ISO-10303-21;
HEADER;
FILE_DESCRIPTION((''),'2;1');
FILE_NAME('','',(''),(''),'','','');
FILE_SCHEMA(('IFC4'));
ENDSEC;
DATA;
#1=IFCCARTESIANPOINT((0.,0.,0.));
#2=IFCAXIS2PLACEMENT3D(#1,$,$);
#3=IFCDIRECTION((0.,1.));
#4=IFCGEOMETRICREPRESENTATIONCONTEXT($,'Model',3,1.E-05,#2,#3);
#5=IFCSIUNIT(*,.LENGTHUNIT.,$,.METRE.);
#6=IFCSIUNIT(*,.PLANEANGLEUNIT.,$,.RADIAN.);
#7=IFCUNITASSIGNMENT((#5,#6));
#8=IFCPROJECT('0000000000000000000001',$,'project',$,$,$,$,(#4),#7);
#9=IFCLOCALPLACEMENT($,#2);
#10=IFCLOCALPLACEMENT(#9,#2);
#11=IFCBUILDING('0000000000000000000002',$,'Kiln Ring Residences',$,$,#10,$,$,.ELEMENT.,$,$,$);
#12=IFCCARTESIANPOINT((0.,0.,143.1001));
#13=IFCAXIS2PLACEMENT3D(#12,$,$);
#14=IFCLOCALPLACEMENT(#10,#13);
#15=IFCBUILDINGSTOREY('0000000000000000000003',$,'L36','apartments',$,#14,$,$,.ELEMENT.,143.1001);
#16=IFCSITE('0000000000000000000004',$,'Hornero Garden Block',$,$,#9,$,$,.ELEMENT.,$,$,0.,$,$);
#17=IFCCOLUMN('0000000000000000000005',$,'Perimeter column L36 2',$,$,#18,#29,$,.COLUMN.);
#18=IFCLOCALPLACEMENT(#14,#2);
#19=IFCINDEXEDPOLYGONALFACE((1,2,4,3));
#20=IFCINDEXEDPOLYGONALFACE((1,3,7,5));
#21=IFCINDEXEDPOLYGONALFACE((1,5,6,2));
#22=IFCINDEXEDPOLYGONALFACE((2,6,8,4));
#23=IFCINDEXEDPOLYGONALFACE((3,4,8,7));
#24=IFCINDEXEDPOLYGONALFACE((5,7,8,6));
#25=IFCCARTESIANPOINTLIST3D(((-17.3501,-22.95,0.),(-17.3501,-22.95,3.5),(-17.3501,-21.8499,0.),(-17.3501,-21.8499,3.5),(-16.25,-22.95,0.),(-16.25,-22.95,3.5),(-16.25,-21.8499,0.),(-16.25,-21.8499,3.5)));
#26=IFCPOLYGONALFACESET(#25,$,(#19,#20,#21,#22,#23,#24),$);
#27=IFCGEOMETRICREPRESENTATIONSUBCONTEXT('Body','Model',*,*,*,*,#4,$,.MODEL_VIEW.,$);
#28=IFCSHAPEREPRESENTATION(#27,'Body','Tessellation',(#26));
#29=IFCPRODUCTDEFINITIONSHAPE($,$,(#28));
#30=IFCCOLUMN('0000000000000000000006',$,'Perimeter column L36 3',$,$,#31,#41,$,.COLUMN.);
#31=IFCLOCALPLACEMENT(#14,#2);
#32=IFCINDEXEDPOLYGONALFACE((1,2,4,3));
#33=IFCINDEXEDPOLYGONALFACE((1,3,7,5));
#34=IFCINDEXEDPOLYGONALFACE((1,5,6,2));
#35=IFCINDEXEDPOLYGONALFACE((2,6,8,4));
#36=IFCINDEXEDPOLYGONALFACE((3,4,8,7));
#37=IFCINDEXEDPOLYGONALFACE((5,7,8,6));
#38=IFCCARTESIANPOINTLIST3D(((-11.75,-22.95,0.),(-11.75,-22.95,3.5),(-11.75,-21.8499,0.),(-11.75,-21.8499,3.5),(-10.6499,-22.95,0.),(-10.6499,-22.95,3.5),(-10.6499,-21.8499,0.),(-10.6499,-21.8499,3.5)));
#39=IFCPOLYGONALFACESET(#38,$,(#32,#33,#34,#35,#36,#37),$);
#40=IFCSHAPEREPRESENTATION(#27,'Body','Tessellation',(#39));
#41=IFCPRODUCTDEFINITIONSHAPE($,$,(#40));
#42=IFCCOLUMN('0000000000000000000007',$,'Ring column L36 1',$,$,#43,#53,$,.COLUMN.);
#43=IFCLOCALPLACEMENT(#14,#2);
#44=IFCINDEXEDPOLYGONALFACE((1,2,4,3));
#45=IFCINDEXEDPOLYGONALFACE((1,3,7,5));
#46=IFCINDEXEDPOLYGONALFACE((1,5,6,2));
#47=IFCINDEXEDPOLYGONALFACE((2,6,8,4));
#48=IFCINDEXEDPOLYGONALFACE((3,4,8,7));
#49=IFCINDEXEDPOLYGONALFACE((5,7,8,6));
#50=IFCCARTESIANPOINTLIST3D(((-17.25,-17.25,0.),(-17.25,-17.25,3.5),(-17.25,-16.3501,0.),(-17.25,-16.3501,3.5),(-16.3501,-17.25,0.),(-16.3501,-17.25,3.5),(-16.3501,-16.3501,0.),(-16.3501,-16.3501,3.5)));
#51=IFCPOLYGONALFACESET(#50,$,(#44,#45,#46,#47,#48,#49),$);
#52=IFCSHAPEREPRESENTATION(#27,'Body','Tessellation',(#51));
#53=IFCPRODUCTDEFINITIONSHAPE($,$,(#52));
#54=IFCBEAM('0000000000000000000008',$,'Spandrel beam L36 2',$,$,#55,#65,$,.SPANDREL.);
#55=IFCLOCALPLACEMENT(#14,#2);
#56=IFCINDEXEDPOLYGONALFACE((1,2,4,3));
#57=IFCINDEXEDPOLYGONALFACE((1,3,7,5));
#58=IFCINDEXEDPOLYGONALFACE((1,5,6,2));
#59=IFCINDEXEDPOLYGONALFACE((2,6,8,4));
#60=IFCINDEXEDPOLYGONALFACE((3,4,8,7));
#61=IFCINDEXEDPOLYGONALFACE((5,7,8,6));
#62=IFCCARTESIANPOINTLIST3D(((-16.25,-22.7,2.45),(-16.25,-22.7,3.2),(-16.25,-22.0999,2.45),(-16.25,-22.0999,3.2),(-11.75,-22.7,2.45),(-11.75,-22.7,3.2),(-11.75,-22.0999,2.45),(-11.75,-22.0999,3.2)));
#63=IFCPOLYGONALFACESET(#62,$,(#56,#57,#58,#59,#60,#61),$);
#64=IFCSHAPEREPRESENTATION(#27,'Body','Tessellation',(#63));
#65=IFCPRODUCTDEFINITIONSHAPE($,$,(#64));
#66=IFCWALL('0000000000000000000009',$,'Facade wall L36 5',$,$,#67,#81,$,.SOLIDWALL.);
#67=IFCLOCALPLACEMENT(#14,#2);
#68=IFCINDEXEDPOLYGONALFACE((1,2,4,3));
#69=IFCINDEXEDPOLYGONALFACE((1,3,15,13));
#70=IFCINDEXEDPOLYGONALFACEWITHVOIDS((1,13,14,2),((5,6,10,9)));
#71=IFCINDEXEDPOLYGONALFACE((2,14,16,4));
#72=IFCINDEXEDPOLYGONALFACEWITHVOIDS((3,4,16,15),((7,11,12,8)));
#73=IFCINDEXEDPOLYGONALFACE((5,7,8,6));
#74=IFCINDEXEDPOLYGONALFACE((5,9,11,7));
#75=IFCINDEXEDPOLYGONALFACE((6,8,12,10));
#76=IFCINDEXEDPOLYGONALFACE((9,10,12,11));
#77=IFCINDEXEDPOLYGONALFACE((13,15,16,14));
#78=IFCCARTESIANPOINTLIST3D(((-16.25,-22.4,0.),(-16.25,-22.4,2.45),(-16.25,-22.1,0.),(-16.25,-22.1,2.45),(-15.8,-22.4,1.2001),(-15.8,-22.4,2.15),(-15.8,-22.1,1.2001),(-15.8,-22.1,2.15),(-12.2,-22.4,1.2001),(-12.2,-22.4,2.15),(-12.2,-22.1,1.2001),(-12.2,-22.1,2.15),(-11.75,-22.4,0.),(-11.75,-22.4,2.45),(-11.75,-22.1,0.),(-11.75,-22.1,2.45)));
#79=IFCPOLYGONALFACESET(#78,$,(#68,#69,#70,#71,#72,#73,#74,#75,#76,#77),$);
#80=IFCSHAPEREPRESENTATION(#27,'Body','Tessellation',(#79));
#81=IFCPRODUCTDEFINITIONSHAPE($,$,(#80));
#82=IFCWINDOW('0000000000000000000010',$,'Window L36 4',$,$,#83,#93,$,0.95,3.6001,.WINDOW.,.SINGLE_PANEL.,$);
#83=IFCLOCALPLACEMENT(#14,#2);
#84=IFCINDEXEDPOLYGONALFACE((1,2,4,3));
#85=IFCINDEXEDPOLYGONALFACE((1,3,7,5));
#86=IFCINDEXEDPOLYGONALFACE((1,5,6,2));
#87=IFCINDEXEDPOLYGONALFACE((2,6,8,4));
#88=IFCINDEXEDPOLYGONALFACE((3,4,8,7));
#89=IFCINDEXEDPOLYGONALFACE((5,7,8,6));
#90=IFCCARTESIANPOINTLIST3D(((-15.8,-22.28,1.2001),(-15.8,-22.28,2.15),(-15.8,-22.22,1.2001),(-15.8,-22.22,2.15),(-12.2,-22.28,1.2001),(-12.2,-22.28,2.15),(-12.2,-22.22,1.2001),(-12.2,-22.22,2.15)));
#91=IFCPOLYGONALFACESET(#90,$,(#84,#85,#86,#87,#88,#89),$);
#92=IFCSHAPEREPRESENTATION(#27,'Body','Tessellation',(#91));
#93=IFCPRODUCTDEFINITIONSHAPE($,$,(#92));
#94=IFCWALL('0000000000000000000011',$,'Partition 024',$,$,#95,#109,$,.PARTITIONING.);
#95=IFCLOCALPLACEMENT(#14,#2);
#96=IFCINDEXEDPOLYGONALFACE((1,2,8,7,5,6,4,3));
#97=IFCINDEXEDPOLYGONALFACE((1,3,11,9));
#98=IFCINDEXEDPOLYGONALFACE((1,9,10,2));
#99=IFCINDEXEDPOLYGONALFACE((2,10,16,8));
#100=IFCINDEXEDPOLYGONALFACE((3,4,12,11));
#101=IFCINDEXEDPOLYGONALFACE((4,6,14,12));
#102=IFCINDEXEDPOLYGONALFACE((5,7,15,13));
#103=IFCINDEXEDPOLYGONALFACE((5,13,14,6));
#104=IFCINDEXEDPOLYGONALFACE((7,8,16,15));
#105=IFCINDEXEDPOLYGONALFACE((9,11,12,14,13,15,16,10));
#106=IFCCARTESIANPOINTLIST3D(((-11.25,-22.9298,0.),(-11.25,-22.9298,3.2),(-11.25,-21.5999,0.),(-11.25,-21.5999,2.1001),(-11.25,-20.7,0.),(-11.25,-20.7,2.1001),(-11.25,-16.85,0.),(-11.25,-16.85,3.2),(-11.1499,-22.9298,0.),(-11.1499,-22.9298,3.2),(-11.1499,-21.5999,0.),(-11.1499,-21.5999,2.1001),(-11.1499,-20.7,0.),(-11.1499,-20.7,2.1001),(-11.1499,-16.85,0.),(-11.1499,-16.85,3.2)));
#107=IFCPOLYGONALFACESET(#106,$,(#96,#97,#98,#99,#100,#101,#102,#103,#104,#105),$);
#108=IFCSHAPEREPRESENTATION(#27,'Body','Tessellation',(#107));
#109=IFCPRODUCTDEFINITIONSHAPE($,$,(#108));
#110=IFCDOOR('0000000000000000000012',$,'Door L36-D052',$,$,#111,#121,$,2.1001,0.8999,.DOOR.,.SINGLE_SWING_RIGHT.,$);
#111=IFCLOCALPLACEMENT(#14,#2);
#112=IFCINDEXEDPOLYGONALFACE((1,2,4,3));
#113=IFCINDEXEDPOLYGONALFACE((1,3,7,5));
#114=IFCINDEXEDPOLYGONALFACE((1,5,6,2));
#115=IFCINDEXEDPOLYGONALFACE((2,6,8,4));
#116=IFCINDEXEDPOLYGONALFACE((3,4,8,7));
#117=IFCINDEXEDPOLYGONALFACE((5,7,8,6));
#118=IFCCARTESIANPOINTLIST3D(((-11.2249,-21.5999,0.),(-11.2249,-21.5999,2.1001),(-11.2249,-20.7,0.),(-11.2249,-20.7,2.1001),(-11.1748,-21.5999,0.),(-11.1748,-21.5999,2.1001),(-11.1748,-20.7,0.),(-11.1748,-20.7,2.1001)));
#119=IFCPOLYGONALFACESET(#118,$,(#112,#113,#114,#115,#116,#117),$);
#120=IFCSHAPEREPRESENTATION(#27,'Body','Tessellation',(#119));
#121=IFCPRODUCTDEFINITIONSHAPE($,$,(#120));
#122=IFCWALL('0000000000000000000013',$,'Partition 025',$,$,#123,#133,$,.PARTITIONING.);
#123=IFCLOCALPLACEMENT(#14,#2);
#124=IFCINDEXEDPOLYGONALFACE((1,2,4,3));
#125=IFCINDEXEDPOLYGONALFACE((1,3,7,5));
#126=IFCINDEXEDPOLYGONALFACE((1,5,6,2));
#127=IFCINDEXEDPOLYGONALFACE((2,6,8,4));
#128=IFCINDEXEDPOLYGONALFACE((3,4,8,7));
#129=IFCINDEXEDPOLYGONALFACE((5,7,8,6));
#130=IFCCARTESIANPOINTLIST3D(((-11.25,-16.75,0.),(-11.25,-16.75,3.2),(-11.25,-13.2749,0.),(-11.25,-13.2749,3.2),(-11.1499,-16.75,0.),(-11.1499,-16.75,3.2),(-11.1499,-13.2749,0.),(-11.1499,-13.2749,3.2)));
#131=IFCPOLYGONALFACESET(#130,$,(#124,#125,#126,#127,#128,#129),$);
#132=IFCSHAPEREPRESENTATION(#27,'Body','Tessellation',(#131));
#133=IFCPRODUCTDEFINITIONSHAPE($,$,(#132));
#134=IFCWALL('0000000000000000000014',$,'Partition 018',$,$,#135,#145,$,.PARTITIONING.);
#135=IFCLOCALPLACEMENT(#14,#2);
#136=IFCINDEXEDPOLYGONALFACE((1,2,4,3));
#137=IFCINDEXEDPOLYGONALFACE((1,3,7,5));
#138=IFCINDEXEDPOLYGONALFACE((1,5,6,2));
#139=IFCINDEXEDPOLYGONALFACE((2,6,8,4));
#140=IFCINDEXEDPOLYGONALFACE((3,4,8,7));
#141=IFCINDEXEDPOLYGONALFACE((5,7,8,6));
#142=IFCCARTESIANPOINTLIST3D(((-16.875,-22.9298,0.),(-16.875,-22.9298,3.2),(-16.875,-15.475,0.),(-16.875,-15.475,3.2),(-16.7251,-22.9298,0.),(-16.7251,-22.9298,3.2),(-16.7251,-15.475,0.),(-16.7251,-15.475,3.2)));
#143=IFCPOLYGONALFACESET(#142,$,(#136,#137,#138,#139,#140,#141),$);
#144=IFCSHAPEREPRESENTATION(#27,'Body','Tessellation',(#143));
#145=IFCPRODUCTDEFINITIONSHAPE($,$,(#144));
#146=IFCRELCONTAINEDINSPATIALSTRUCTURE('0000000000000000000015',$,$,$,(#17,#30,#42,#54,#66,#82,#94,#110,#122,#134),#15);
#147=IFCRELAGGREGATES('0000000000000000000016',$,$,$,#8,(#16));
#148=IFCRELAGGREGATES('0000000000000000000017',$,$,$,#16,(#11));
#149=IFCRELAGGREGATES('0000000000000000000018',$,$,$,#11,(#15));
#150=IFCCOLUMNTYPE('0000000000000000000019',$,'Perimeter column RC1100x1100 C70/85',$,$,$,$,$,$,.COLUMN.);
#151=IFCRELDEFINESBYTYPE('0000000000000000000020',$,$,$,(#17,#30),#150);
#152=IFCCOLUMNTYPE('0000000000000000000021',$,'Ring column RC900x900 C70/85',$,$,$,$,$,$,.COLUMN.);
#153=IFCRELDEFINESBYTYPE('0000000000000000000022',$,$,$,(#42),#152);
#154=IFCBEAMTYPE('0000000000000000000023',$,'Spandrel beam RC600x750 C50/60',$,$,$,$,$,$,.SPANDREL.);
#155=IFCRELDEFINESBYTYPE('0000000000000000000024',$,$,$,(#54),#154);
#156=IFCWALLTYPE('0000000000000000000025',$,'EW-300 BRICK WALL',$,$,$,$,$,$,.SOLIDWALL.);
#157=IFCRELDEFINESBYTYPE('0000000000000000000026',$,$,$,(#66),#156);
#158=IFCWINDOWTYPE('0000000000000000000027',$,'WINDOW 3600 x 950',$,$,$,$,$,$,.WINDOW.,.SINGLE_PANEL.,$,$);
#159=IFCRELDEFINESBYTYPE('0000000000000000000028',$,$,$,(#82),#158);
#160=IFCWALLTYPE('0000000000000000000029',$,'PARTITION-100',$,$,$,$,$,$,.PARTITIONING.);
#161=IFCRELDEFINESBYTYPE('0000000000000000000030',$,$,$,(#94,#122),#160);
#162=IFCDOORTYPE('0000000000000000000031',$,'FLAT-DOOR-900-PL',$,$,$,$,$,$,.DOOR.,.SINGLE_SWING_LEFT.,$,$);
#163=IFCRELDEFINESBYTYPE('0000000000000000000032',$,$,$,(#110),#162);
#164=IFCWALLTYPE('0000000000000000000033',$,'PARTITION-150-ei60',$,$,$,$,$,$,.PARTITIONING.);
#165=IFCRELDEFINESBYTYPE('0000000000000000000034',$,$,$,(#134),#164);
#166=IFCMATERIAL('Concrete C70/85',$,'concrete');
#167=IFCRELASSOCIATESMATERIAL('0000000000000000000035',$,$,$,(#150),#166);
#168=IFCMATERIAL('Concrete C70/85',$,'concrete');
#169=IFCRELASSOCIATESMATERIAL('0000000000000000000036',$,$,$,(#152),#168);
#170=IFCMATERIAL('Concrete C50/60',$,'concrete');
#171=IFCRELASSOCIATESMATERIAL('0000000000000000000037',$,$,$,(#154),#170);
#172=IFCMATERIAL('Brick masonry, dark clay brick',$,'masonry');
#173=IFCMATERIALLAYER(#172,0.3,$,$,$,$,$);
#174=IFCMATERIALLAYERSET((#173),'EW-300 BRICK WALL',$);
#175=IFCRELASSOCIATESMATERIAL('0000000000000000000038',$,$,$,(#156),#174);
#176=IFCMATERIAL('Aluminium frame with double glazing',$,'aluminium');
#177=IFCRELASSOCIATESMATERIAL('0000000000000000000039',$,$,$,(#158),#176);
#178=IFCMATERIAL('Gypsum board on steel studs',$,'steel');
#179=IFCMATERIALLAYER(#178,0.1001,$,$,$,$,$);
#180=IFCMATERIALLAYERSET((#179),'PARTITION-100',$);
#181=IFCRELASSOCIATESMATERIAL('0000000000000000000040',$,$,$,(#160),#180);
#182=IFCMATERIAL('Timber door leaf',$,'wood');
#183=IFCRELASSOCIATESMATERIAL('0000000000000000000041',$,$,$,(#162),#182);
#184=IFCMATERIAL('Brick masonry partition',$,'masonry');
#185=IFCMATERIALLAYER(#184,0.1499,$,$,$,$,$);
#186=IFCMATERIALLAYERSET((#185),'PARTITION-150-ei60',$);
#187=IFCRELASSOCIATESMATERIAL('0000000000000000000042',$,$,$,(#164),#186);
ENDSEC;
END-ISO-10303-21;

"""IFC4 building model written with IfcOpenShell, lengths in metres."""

from ifc_helpers import new_model, si_unit, direction, frame, frame_2d, origin, origin_2d, place, context, subcontext, project, spatial, rectangle, extrude, material, layer, layer_set, material_profile, profile_set, type_object, element, fill, save


model = new_model("IFC4")

# Units and contexts
model_context = context("Model", 3, precision=1e-05, world=origin(), true_north=direction((0.0, 1.0)))
body_context = subcontext(model_context, "Body", "Model", "MODEL_VIEW")
ifc_project = project(units=[si_unit("LENGTHUNIT", "METRE"), si_unit("PLANEANGLEUNIT", "RADIAN")], contexts=[model_context])

# Site, building, storey
site_placement = place(None, origin())
site = spatial("IfcSite", under=ifc_project, at=site_placement, Name="Hornero Garden Block", CompositionType="ELEMENT", RefElevation=0.0)
building_placement = place(site_placement, origin())
building = spatial("IfcBuilding", under=site, at=building_placement, Name="Kiln Ring Residences", CompositionType="ELEMENT")
storey_placement = place(building_placement, frame((0.0, 0.0, 143.1001)))
storey = spatial("IfcBuildingStorey", under=building, at=storey_placement, Name="L36", Description="apartments", CompositionType="ELEMENT", Elevation=143.1001)

# Columns
ifc_material_1 = material(Name="Concrete C70/85", Category="concrete")
ifc_material_profile_1 = material_profile(ifc_material_1, rectangle(XDim=1.1001, YDim=1.1001, at=origin_2d()), Name="RC1100x1100")
ifc_profile_set_1 = profile_set([ifc_material_profile_1], Name="Concrete C70/85")
column_type_1 = type_object("IfcColumnType", Name="Perimeter column RC1100x1100 C70/85", PredefinedType="COLUMN", material=ifc_profile_set_1)
for number, where, z_axis, x_axis, name in (
    (1, (-16.8, -22.3999, 0.0), (0.0, 0.0, 1.0), (1.0, 0.0, 0.0), "Perimeter column L36 2"),
    (2, (-11.2, -22.3999, 0.0), (0.0, 0.0, 1.0), (1.0, 0.0, 0.0), "Perimeter column L36 3"),
):
    element("IfcColumn", number, at=place(storey_placement, frame(where, z_axis=z_axis, x_axis=x_axis)), inside=storey, type_object=column_type_1, Name=name, PredefinedType="COLUMN", context=body_context, shape_type="SweptSolid", body=[
        extrude(rectangle(XDim=1.1001, YDim=1.1001, at=origin_2d()), origin(), (0.0, 0.0, 1.0), 3.5),
    ])
ifc_material_2 = material(Name="Concrete C70/85", Category="concrete")
ifc_material_profile_2 = material_profile(ifc_material_2, rectangle(XDim=0.8999, YDim=0.8999, at=origin_2d()), Name="RC900x900")
ifc_profile_set_2 = profile_set([ifc_material_profile_2], Name="Concrete C70/85")
column_type_2 = type_object("IfcColumnType", Name="Ring column RC900x900 C70/85", PredefinedType="COLUMN", material=ifc_profile_set_2)
column_placement = place(storey_placement, frame((-16.8, -16.8, 0.0), z_axis=(0.0, 0.0, 1.0), x_axis=(1.0, 0.0, 0.0)))
element("IfcColumn", 3, at=column_placement, inside=storey, type_object=column_type_2, Name="Ring column L36 1", PredefinedType="COLUMN", context=body_context, shape_type="SweptSolid", body=[
    extrude(rectangle(XDim=0.8999, YDim=0.8999, at=origin_2d()), origin(), (0.0, 0.0, 1.0), 3.5),
])

# Beam
ifc_material_3 = material(Name="Concrete C50/60", Category="concrete")
ifc_material_profile_3 = material_profile(ifc_material_3, rectangle(XDim=0.6001, YDim=0.75, at=origin_2d()), Name="RC600x750")
ifc_profile_set_3 = profile_set([ifc_material_profile_3], Name="Concrete C50/60")
beam_type = type_object("IfcBeamType", Name="Spandrel beam RC600x750 C50/60", PredefinedType="SPANDREL", material=ifc_profile_set_3)
beam_placement = place(storey_placement, frame((-16.25, -22.3999, 2.825), z_axis=(1.0, 0.0, 0.0), x_axis=(0.0, 1.0, 0.0)))
element("IfcBeam", 4, at=beam_placement, inside=storey, type_object=beam_type, Name="Spandrel beam L36 2", PredefinedType="SPANDREL", context=body_context, shape_type="SweptSolid", body=[
    extrude(rectangle(XDim=0.6001, YDim=0.75, at=origin_2d()), origin(), (0.0, 0.0, 1.0), 4.5),
])

# Wall, opening, window
ifc_material_4 = material(Name="Brick masonry, dark clay brick", Category="masonry")
ifc_layer_1 = layer(ifc_material_4, 0.3)
ifc_layer_set_1 = layer_set([ifc_layer_1], Name="EW-300 BRICK WALL")
wall_type_1 = type_object("IfcWallType", Name="EW-300 BRICK WALL", PredefinedType="SOLIDWALL", material=ifc_layer_set_1)
wall_1_placement = place(storey_placement, frame((-16.25, -22.25, 0.0), z_axis=(0.0, 0.0, 1.0), x_axis=(1.0, 0.0, 0.0)))
wall_1 = element("IfcWall", 5, at=wall_1_placement, inside=storey, type_object=wall_type_1, Name="Facade wall L36 5", PredefinedType="SOLIDWALL", context=body_context, shape_type="SweptSolid", body=[
    extrude(rectangle(XDim=4.5, YDim=0.3, at=frame_2d((2.25, 0.0))), origin(), (0.0, 0.0, 1.0), 2.45),
])
opening_1_placement = place(wall_1_placement, frame((0.45, 0.0, 1.2)))
opening_1 = element("IfcOpeningElement", 6, at=opening_1_placement, cuts=wall_1, PredefinedType="OPENING", context=body_context, shape_type="SweptSolid", body=[
    extrude(rectangle(XDim=3.6001, YDim=0.95, at=frame_2d((1.8, 0.4751))), frame((0.0, 0.1599, 0.0), z_axis=(0.0, -1.0, 0.0), x_axis=(1.0, 0.0, 0.0)), (0.0, 0.0, 1.0), 0.3201),
])
ifc_material_5 = material(Name="Aluminium frame with double glazing", Category="aluminium")
window_type = type_object("IfcWindowType", Name="WINDOW 3600 x 950", PartitioningType="SINGLE_PANEL", PredefinedType="WINDOW", material=ifc_material_5)
window_placement = place(opening_1_placement, origin())
window = element("IfcWindow", 7, at=window_placement, inside=storey, type_object=window_type, Name="Window L36 4", OverallHeight=0.95, OverallWidth=3.6001, PartitioningType="SINGLE_PANEL", PredefinedType="WINDOW", context=body_context, shape_type="SweptSolid", body=[
    extrude(rectangle(XDim=3.6001, YDim=0.95, at=frame_2d((1.8, 0.4751))), frame((0.0, 0.03, 0.0), z_axis=(0.0, -1.0, 0.0), x_axis=(1.0, 0.0, 0.0)), (0.0, 0.0, 1.0), 0.0601),
])
fill(opening_1, window)

# Shared definitions
ifc_material_6 = material(Name="Gypsum board on steel studs", Category="steel")
ifc_layer_2 = layer(ifc_material_6, 0.1001)
ifc_layer_set_2 = layer_set([ifc_layer_2], Name="PARTITION-100")
wall_type_2 = type_object("IfcWallType", Name="PARTITION-100", PredefinedType="PARTITIONING", material=ifc_layer_set_2)
ifc_material_7 = material(Name="Timber door leaf", Category="wood")
door_type_1 = type_object("IfcDoorType", Name="FLAT-DOOR-900-PL", OperationType="SINGLE_SWING_LEFT", PredefinedType="DOOR", material=ifc_material_7)

# Wall, opening, door
wall_2_placement = place(storey_placement, frame((-11.2, -22.9299, 0.0), z_axis=(0.0, 0.0, 1.0), x_axis=(0.0, 1.0, 0.0)))
wall_2 = element("IfcWall", 8, at=wall_2_placement, inside=storey, type_object=wall_type_2, Name="Partition 024", PredefinedType="PARTITIONING", context=body_context, shape_type="SweptSolid", body=[
    extrude(rectangle(XDim=6.0798, YDim=0.1001, at=frame_2d((3.04, 0.0))), origin(), (0.0, 0.0, 1.0), 3.2),
])
opening_2_placement = place(wall_2_placement, frame((1.3301, 0.0, 0.0)))
opening_2 = element("IfcOpeningElement", 9, at=opening_2_placement, cuts=wall_2, PredefinedType="OPENING", context=body_context, shape_type="SweptSolid", body=[
    extrude(rectangle(XDim=0.8999, YDim=2.1001, at=frame_2d((0.45, 1.05))), frame((0.0, 0.0601, 0.0), z_axis=(0.0, -1.0, 0.0), x_axis=(1.0, 0.0, 0.0)), (0.0, 0.0, 1.0), 0.1201),
])
door_1_placement = place(opening_2_placement, origin())
door_1 = element("IfcDoor", 10, at=door_1_placement, inside=storey, type_object=door_type_1, Name="Door L36-D052", OperationType="SINGLE_SWING_RIGHT", OverallHeight=2.1001, OverallWidth=0.8999, PredefinedType="DOOR", context=body_context, shape_type="SweptSolid", body=[
    extrude(rectangle(XDim=0.8999, YDim=2.1001, at=frame_2d((0.45, 1.05))), frame((0.0, 0.0249, 0.0), z_axis=(0.0, -1.0, 0.0), x_axis=(1.0, 0.0, 0.0)), (0.0, 0.0, 1.0), 0.05),
])
fill(opening_2, door_1)

# Walls
wall_3_placement = place(storey_placement, frame((-11.2, -16.75, 0.0), z_axis=(0.0, 0.0, 1.0), x_axis=(0.0, 1.0, 0.0)))
element("IfcWall", 11, at=wall_3_placement, inside=storey, type_object=wall_type_2, Name="Partition 025", PredefinedType="PARTITIONING", context=body_context, shape_type="SweptSolid", body=[
    extrude(rectangle(XDim=3.4751, YDim=0.1001, at=frame_2d((1.7375, 0.0))), origin(), (0.0, 0.0, 1.0), 3.2),
])
ifc_material_8 = material(Name="Brick masonry partition", Category="masonry")
ifc_layer_3 = layer(ifc_material_8, 0.1499)
ifc_layer_set_3 = layer_set([ifc_layer_3], Name="PARTITION-150-ei60")
wall_type_3 = type_object("IfcWallType", Name="PARTITION-150-ei60", PredefinedType="PARTITIONING", material=ifc_layer_set_3)
wall_4_placement = place(storey_placement, frame((-16.8, -22.9299, 0.0), z_axis=(0.0, 0.0, 1.0), x_axis=(0.0, 1.0, 0.0)))
element("IfcWall", 12, at=wall_4_placement, inside=storey, type_object=wall_type_3, Name="Partition 018", PredefinedType="PARTITIONING", context=body_context, shape_type="SweptSolid", body=[
    extrude(rectangle(XDim=7.4548, YDim=0.1499, at=frame_2d((3.7275, 0.0))), origin(), (0.0, 0.0, 1.0), 3.2),
])

save(model, "model.ifc")
